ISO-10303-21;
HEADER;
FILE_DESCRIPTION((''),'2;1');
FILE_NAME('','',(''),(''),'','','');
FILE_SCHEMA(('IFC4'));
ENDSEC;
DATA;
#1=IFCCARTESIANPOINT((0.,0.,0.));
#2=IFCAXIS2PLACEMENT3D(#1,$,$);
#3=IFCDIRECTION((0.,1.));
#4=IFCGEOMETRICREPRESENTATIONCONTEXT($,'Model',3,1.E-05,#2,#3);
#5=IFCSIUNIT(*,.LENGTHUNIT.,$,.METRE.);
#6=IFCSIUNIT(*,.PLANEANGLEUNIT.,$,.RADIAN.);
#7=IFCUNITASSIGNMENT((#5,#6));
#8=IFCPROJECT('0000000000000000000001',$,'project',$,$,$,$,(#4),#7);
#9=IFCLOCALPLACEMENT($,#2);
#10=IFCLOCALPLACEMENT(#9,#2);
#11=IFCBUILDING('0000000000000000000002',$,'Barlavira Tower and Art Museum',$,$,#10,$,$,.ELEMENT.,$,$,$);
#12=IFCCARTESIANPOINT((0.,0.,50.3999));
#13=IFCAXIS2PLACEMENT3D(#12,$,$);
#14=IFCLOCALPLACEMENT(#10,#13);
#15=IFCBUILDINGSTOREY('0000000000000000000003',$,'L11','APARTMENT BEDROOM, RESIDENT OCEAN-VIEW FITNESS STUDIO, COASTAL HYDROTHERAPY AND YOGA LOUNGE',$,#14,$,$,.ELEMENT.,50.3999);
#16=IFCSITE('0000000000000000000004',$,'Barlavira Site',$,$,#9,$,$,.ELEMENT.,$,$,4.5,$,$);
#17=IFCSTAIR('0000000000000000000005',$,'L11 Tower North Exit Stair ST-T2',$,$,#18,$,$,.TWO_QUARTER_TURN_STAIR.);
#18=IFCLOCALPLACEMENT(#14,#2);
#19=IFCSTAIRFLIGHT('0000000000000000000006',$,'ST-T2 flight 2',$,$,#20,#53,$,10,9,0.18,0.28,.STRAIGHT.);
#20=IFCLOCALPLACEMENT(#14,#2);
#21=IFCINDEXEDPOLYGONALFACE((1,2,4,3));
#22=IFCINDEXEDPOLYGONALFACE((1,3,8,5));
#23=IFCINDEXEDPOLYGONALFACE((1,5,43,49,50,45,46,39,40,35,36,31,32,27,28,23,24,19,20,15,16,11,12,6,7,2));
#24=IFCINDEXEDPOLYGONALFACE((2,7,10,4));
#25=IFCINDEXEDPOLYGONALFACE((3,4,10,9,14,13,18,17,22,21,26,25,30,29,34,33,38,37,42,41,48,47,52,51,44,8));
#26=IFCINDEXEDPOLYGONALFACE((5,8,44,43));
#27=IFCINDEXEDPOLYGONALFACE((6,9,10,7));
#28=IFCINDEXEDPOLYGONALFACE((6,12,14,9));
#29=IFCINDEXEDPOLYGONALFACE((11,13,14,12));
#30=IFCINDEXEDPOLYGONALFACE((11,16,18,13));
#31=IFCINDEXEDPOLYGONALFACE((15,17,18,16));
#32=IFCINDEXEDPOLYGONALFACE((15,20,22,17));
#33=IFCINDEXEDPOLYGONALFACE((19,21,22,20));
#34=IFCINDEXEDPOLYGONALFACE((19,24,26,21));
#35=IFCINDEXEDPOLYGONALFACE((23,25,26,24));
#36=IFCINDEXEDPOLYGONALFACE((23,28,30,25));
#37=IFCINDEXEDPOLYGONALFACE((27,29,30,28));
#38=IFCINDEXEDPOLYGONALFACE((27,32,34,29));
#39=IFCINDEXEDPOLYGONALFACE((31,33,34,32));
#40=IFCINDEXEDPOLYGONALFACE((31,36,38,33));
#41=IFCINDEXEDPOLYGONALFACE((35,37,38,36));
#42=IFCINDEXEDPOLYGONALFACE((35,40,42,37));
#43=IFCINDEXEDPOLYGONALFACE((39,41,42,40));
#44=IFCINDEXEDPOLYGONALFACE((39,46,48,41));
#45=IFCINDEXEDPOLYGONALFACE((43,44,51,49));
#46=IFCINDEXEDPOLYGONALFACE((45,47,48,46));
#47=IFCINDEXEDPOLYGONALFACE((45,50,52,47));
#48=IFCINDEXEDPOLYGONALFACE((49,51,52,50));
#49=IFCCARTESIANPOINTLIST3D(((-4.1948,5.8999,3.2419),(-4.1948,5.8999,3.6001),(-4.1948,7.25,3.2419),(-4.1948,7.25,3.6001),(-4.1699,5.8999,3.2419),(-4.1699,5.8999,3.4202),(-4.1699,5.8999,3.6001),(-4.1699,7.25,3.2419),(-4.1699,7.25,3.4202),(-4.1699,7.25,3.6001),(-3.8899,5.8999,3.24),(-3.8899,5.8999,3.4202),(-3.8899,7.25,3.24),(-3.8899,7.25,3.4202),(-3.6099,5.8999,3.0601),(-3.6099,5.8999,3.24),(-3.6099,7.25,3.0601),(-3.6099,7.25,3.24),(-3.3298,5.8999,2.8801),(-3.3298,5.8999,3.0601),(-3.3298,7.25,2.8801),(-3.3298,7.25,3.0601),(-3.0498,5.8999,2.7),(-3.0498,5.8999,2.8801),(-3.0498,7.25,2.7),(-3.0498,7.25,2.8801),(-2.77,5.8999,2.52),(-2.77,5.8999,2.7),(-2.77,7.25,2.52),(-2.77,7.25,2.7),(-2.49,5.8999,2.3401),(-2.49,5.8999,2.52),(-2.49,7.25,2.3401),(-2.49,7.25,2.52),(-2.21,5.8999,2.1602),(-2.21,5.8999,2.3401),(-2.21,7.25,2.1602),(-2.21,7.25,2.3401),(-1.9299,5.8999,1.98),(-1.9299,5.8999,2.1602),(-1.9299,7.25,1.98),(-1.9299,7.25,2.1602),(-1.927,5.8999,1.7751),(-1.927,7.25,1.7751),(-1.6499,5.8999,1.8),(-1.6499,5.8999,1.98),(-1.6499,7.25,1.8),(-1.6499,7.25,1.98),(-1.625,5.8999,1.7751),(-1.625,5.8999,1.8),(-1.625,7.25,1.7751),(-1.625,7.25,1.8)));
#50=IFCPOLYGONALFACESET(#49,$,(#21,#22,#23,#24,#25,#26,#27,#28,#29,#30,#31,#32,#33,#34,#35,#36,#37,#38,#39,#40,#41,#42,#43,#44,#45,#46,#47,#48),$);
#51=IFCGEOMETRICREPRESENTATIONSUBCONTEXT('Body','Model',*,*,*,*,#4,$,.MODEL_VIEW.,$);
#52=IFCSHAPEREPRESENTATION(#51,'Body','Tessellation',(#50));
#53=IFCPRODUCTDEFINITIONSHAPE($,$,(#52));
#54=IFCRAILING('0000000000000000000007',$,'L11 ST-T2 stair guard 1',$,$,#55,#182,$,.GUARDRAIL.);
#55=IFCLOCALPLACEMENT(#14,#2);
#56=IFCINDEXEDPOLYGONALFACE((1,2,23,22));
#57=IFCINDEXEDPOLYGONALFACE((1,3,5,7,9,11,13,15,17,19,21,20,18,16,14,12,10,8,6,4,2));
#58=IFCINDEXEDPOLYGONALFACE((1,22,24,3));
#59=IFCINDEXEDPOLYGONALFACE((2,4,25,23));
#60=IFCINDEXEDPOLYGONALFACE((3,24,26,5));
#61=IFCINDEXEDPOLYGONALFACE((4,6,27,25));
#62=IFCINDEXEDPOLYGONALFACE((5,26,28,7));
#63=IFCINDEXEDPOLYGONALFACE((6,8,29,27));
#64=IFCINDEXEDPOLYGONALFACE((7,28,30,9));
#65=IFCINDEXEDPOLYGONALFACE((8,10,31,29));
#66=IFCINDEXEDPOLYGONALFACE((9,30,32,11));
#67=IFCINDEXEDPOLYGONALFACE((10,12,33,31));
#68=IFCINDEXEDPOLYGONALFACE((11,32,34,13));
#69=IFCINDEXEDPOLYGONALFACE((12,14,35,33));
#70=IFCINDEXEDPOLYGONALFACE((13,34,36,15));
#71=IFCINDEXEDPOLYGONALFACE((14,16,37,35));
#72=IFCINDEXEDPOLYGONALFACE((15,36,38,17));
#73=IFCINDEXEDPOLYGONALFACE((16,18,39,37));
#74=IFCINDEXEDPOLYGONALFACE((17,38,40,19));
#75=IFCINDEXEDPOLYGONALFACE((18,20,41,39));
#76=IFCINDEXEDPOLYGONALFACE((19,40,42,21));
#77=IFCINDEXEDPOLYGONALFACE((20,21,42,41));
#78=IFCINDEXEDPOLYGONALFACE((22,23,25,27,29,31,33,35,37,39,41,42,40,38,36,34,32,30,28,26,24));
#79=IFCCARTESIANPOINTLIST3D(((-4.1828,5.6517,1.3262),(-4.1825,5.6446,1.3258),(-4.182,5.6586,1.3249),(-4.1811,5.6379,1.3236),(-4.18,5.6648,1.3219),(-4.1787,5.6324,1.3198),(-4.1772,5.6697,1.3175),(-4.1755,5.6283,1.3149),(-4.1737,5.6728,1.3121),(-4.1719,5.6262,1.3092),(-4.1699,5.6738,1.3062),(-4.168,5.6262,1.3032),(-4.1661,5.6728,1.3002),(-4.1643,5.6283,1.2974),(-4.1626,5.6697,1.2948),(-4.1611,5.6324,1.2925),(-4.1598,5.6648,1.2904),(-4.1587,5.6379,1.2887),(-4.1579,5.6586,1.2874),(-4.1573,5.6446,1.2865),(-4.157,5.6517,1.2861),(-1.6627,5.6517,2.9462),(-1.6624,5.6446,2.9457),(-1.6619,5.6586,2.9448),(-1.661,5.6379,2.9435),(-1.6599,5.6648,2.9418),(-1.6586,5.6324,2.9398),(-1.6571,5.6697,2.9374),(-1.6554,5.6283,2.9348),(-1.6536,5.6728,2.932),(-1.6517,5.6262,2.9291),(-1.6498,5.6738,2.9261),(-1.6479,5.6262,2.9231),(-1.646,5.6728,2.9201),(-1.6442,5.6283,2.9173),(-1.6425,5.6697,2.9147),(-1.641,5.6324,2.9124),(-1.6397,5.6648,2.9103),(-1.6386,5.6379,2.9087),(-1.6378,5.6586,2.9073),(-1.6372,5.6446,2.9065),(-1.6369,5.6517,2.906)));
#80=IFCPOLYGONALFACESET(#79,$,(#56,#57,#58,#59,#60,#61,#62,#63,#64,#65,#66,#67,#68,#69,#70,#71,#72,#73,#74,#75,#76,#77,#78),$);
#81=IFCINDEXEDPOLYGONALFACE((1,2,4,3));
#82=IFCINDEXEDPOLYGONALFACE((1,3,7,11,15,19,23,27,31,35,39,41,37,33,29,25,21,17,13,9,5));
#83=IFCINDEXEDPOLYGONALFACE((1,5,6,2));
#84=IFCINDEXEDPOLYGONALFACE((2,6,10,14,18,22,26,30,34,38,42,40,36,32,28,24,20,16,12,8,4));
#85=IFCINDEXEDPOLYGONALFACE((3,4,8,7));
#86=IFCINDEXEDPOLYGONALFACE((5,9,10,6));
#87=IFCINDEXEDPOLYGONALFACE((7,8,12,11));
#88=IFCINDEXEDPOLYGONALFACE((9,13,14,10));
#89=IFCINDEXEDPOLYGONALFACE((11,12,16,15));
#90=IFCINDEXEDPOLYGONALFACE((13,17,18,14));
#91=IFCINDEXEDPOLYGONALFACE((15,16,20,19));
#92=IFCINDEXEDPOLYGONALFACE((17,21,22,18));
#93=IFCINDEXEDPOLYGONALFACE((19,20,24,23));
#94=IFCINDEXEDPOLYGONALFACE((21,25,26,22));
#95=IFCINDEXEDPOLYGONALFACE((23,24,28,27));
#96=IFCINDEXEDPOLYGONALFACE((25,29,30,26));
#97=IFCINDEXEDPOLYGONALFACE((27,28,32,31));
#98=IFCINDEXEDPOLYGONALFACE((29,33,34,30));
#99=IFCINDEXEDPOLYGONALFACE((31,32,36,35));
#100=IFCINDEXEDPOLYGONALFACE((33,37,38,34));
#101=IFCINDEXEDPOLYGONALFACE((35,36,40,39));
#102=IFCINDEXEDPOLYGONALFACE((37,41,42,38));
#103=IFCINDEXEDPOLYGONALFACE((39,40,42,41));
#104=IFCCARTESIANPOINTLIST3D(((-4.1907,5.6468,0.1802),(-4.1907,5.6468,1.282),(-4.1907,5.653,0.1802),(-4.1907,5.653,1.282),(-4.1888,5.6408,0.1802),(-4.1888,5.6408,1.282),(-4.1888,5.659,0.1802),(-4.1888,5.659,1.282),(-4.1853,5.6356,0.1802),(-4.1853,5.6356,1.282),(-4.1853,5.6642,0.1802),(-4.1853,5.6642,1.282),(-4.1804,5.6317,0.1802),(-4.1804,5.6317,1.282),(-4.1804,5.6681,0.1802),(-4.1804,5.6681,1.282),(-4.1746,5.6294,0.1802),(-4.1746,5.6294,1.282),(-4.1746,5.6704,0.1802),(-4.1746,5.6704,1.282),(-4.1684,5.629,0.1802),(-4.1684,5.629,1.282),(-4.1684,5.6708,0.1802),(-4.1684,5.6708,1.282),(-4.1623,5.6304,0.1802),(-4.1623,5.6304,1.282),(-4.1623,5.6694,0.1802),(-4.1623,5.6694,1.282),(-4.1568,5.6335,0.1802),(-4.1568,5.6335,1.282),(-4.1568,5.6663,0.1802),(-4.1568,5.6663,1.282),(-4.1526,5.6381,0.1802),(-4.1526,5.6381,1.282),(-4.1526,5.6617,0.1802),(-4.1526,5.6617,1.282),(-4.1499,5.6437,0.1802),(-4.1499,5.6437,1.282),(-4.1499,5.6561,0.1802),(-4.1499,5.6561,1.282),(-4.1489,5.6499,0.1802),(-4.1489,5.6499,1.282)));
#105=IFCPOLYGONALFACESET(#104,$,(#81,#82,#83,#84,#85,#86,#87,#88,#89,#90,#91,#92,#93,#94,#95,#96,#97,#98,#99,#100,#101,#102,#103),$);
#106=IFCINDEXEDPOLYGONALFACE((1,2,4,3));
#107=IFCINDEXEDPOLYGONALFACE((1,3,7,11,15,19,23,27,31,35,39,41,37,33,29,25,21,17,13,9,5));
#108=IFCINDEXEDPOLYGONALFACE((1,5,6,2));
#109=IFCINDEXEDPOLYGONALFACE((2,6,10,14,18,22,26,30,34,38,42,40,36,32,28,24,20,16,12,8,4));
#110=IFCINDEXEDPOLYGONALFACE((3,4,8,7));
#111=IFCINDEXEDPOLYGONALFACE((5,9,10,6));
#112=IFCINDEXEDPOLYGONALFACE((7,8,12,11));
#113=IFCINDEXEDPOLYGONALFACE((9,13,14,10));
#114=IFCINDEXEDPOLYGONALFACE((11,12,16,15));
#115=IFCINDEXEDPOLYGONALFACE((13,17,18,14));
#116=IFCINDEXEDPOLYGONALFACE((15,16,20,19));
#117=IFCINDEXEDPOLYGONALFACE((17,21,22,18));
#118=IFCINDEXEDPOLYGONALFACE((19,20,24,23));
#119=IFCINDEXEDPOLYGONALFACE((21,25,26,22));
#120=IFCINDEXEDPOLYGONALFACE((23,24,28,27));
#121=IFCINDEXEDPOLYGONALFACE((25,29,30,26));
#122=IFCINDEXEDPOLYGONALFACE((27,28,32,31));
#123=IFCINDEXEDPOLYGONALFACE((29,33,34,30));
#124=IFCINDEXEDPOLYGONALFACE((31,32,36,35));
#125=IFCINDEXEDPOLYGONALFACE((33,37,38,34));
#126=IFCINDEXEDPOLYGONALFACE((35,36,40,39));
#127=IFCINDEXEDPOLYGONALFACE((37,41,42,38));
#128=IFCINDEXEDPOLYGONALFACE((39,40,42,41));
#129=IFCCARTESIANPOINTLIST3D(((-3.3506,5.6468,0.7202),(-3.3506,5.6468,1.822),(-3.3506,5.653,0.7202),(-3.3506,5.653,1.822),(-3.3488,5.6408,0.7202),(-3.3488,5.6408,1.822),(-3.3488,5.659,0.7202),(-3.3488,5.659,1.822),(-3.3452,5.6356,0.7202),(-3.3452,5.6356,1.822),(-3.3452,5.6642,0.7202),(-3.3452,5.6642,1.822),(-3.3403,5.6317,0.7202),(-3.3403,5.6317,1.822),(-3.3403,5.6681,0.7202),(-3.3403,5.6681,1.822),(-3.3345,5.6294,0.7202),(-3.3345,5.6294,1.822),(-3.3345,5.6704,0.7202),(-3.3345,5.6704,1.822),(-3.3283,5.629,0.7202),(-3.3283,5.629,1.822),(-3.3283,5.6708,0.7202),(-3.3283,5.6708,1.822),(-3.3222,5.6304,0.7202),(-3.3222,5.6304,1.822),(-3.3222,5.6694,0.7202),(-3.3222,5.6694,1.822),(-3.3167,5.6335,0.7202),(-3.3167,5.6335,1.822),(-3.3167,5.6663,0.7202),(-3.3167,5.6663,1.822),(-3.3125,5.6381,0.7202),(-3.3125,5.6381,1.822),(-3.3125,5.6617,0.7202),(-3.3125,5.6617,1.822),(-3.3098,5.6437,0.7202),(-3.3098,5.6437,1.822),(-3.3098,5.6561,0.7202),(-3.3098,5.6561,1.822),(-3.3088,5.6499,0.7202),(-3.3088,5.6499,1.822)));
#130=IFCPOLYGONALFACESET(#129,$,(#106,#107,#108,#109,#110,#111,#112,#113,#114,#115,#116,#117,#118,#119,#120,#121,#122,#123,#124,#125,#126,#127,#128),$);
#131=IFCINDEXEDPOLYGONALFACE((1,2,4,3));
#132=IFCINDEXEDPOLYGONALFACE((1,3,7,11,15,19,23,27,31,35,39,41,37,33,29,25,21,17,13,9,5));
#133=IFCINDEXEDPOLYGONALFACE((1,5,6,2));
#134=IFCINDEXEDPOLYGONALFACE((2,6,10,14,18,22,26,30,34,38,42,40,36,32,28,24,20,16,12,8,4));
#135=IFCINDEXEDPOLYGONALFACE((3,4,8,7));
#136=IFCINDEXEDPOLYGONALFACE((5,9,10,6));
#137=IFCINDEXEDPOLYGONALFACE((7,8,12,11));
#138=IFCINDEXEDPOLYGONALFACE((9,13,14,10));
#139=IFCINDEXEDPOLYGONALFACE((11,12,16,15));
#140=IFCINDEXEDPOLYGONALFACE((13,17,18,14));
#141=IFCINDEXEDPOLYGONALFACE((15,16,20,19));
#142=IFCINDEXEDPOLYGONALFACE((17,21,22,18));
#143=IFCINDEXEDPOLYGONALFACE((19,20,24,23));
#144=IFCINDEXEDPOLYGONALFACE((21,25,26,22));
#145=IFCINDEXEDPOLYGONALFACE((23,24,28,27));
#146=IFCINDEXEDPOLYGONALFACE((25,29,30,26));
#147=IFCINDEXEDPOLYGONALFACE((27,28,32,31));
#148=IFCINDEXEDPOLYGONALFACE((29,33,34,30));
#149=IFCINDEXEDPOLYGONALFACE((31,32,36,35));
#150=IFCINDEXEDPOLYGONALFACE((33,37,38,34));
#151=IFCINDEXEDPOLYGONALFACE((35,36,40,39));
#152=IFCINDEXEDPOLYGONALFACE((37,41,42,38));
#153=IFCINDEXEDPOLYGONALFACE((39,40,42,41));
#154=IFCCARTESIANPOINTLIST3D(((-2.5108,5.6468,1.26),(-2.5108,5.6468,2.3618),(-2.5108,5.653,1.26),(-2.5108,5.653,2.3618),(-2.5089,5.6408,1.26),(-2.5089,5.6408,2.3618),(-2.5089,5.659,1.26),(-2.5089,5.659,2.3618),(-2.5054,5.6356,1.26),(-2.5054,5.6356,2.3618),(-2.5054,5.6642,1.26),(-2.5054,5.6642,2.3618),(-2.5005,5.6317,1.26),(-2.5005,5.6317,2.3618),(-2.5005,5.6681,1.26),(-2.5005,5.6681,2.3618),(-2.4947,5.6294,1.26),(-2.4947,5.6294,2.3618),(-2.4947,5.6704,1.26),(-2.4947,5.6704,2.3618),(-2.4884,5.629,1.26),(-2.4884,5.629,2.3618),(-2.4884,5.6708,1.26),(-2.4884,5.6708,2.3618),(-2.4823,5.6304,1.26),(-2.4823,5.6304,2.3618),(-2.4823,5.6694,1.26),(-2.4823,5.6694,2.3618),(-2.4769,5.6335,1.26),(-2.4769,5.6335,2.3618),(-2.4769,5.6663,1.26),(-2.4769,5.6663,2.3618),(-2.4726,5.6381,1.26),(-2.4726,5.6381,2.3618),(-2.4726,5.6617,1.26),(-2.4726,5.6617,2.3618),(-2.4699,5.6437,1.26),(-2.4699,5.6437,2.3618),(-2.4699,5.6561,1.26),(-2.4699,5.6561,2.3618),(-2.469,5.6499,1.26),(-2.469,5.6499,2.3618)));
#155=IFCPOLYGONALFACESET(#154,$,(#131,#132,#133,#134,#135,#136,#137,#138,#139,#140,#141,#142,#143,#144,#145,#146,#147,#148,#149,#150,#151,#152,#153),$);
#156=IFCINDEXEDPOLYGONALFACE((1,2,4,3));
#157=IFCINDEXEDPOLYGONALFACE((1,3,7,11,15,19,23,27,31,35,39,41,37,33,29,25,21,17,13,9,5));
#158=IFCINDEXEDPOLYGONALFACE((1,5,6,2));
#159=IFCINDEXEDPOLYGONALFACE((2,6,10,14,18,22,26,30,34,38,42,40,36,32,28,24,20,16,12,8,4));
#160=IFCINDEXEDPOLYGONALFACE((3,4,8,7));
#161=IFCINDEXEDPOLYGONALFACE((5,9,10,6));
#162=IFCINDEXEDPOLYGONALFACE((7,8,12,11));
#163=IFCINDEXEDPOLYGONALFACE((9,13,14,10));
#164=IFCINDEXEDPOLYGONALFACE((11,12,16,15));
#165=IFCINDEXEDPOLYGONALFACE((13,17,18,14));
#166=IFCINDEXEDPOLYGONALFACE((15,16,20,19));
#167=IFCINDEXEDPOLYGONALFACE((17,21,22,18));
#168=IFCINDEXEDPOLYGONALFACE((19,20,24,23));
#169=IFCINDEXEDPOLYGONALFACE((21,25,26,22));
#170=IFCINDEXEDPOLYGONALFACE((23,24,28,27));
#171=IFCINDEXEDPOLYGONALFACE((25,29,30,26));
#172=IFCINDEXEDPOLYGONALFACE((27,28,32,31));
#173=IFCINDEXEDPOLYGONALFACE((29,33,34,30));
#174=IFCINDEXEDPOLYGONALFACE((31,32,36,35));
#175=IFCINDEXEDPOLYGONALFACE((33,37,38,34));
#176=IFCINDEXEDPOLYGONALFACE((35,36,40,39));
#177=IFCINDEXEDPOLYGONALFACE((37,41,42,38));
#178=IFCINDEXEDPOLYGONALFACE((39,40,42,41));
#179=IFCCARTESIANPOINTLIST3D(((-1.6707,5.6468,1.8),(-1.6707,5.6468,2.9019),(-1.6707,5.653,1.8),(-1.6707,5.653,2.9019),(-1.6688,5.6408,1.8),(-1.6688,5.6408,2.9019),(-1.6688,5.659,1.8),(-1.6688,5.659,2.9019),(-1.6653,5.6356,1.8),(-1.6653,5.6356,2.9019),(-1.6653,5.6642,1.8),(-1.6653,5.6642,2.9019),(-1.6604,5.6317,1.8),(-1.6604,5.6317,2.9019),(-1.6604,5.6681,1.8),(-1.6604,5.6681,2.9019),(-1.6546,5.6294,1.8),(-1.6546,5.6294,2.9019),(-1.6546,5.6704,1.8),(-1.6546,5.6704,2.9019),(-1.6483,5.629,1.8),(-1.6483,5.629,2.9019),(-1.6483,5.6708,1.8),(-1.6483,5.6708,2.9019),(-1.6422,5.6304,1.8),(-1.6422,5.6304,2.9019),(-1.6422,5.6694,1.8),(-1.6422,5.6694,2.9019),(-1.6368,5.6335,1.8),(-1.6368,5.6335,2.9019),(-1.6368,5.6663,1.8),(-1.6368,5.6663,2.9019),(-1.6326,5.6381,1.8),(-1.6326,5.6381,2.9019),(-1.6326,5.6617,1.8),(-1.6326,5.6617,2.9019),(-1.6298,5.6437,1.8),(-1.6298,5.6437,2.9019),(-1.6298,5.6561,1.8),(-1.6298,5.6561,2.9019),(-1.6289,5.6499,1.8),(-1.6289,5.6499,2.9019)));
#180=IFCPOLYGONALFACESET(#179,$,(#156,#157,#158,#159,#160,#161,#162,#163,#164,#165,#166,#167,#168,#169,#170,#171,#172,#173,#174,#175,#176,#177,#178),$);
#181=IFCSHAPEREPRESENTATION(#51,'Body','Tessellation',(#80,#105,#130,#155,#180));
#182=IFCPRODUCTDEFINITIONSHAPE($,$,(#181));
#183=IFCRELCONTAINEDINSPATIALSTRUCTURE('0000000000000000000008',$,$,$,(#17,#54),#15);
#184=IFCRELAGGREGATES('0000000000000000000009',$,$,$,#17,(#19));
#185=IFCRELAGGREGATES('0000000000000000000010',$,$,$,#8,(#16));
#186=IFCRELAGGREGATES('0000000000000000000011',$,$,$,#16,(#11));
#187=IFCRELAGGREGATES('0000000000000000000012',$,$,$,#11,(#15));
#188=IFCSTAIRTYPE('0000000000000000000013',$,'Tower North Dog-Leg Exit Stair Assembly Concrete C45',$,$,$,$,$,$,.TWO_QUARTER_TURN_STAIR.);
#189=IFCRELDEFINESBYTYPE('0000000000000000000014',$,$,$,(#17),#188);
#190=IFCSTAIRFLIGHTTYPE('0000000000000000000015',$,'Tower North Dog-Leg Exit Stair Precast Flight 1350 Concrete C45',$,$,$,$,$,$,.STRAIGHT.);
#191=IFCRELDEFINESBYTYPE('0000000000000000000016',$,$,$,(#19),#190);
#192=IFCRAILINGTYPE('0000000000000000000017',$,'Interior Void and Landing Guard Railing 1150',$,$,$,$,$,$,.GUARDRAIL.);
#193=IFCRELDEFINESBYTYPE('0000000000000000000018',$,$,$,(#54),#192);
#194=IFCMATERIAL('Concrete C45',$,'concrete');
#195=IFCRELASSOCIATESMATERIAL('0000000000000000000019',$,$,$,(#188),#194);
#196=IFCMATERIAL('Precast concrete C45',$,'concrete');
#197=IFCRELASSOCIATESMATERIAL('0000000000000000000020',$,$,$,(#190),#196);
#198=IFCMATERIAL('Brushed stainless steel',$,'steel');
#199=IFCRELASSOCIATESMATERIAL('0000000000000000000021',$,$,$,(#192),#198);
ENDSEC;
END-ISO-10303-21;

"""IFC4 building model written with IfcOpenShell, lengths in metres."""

from ifc_helpers import new_model, si_unit, direction, frame, origin, origin_2d, place, context, subcontext, project, spatial, polyline, circle, outline, extrude, material, type_object, element, aggregate, save


model = new_model("IFC4")

# Units and contexts
model_context = context("Model", 3, precision=1e-05, world=origin(), true_north=direction((0.0, 1.0)))
body_context = subcontext(model_context, "Body", "Model", "MODEL_VIEW")
ifc_project = project(units=[si_unit("LENGTHUNIT", "METRE"), si_unit("PLANEANGLEUNIT", "RADIAN")], contexts=[model_context])

# Site, building, storey
site_placement = place(None, origin())
site = spatial("IfcSite", under=ifc_project, at=site_placement, Name="Barlavira Site", CompositionType="ELEMENT", RefElevation=4.5)
building_placement = place(site_placement, origin())
building = spatial("IfcBuilding", under=site, at=building_placement, Name="Barlavira Tower and Art Museum", CompositionType="ELEMENT")
storey_placement = place(building_placement, frame((0.0, 0.0, 50.3999)))
storey = spatial("IfcBuildingStorey", under=building, at=storey_placement, Name="L11", Description="APARTMENT BEDROOM, RESIDENT OCEAN-VIEW FITNESS STUDIO, COASTAL HYDROTHERAPY AND YOGA LOUNGE", CompositionType="ELEMENT", Elevation=50.3999)

# Shared definitions
ifc_material_1 = material(Name="Brushed stainless steel", Category="steel")

# Stair, stair flight
ifc_material_2 = material(Name="Concrete C45", Category="concrete")
stair_type = type_object("IfcStairType", Name="Tower North Dog-Leg Exit Stair Assembly Concrete C45", PredefinedType="TWO_QUARTER_TURN_STAIR", material=ifc_material_2)
stair_placement = place(storey_placement, origin())
stair = element("IfcStair", 1, at=stair_placement, inside=storey, type_object=stair_type, Name="L11 Tower North Exit Stair ST-T2", PredefinedType="TWO_QUARTER_TURN_STAIR")
ifc_material_3 = material(Name="Precast concrete C45", Category="concrete")
stair_flight_type = type_object("IfcStairFlightType", Name="Tower North Dog-Leg Exit Stair Precast Flight 1350 Concrete C45", PredefinedType="STRAIGHT", material=ifc_material_3)
stair_flight_1_placement = place(storey_placement, frame((-1.6499, 6.575, 1.8), z_axis=(0.0, 0.0, 1.0), x_axis=(-1.0, 0.0, 0.0)))
stair_flight_1 = element("IfcStairFlight", 2, at=stair_flight_1_placement, type_object=stair_flight_type, Name="ST-T2 flight 2", NumberOfRisers=10, NumberOfTreads=9, PredefinedType="STRAIGHT", RiserHeight=0.18, TreadLength=0.28, context=body_context, shape_type="SweptSolid", body=[
    extrude(outline(polyline([(-0.0249, 0.0), (0.0, 0.0), (0.0, 0.1799), (0.28, 0.1799), (0.28, 0.3601), (0.5601, 0.3601), (0.5601, 0.54), (0.8401, 0.54), (0.8401, 0.72), (1.1201, 0.72), (1.1201, 0.8999), (1.3999, 0.8999), (1.3999, 1.0801), (1.6799, 1.0801), (1.6799, 1.26), (1.96, 1.26), (1.96, 1.4399), (2.24, 1.4399), (2.24, 1.6201), (2.52, 1.6201), (2.52, 1.8), (2.5449, 1.8), (2.5449, 1.4419), (2.52, 1.4419), (0.2771, -0.0249), (-0.0249, -0.0249), (-0.0249, 0.0)])), frame((0.0, 0.675, 0.0), z_axis=(0.0, -1.0, 0.0), x_axis=(1.0, 0.0, 0.0)), (0.0, 0.0, 1.0), 1.3501),
])
aggregate(stair, [stair_flight_1])

# Railing
railing_type_1 = type_object("IfcRailingType", Name="Interior Void and Landing Guard Railing 1150", PredefinedType="GUARDRAIL", material=ifc_material_1)
railing_1_placement = place(storey_placement, frame((-4.1699, 5.6499, 0.1802)))
element("IfcRailing", 3, at=railing_1_placement, inside=storey, type_object=railing_type_1, Name="L11 ST-T2 stair guard 1", PredefinedType="GUARDRAIL", context=body_context, shape_type="SweptSolid", body=[
    extrude(circle(Radius=0.0239, at=origin_2d()), frame((0.0, 0.0, 1.126), z_axis=(0.8412, 0.0, 0.540725), x_axis=(0.0, 1.0, 0.0)), (0.0, 0.0, 1.0), 2.9958),
    extrude(circle(Radius=0.021, at=origin_2d()), origin(), (0.0, 0.0, 1.0), 1.1018),
    extrude(circle(Radius=0.021, at=origin_2d()), frame((0.8401, 0.0, 0.54)), (0.0, 0.0, 1.0), 1.1018),
    extrude(circle(Radius=0.021, at=origin_2d()), frame((1.6799, 0.0, 1.0798)), (0.0, 0.0, 1.0), 1.1018),
    extrude(circle(Radius=0.021, at=origin_2d()), frame((2.52, 0.0, 1.6199)), (0.0, 0.0, 1.0), 1.1018),
])

save(model, "model.ifc")
